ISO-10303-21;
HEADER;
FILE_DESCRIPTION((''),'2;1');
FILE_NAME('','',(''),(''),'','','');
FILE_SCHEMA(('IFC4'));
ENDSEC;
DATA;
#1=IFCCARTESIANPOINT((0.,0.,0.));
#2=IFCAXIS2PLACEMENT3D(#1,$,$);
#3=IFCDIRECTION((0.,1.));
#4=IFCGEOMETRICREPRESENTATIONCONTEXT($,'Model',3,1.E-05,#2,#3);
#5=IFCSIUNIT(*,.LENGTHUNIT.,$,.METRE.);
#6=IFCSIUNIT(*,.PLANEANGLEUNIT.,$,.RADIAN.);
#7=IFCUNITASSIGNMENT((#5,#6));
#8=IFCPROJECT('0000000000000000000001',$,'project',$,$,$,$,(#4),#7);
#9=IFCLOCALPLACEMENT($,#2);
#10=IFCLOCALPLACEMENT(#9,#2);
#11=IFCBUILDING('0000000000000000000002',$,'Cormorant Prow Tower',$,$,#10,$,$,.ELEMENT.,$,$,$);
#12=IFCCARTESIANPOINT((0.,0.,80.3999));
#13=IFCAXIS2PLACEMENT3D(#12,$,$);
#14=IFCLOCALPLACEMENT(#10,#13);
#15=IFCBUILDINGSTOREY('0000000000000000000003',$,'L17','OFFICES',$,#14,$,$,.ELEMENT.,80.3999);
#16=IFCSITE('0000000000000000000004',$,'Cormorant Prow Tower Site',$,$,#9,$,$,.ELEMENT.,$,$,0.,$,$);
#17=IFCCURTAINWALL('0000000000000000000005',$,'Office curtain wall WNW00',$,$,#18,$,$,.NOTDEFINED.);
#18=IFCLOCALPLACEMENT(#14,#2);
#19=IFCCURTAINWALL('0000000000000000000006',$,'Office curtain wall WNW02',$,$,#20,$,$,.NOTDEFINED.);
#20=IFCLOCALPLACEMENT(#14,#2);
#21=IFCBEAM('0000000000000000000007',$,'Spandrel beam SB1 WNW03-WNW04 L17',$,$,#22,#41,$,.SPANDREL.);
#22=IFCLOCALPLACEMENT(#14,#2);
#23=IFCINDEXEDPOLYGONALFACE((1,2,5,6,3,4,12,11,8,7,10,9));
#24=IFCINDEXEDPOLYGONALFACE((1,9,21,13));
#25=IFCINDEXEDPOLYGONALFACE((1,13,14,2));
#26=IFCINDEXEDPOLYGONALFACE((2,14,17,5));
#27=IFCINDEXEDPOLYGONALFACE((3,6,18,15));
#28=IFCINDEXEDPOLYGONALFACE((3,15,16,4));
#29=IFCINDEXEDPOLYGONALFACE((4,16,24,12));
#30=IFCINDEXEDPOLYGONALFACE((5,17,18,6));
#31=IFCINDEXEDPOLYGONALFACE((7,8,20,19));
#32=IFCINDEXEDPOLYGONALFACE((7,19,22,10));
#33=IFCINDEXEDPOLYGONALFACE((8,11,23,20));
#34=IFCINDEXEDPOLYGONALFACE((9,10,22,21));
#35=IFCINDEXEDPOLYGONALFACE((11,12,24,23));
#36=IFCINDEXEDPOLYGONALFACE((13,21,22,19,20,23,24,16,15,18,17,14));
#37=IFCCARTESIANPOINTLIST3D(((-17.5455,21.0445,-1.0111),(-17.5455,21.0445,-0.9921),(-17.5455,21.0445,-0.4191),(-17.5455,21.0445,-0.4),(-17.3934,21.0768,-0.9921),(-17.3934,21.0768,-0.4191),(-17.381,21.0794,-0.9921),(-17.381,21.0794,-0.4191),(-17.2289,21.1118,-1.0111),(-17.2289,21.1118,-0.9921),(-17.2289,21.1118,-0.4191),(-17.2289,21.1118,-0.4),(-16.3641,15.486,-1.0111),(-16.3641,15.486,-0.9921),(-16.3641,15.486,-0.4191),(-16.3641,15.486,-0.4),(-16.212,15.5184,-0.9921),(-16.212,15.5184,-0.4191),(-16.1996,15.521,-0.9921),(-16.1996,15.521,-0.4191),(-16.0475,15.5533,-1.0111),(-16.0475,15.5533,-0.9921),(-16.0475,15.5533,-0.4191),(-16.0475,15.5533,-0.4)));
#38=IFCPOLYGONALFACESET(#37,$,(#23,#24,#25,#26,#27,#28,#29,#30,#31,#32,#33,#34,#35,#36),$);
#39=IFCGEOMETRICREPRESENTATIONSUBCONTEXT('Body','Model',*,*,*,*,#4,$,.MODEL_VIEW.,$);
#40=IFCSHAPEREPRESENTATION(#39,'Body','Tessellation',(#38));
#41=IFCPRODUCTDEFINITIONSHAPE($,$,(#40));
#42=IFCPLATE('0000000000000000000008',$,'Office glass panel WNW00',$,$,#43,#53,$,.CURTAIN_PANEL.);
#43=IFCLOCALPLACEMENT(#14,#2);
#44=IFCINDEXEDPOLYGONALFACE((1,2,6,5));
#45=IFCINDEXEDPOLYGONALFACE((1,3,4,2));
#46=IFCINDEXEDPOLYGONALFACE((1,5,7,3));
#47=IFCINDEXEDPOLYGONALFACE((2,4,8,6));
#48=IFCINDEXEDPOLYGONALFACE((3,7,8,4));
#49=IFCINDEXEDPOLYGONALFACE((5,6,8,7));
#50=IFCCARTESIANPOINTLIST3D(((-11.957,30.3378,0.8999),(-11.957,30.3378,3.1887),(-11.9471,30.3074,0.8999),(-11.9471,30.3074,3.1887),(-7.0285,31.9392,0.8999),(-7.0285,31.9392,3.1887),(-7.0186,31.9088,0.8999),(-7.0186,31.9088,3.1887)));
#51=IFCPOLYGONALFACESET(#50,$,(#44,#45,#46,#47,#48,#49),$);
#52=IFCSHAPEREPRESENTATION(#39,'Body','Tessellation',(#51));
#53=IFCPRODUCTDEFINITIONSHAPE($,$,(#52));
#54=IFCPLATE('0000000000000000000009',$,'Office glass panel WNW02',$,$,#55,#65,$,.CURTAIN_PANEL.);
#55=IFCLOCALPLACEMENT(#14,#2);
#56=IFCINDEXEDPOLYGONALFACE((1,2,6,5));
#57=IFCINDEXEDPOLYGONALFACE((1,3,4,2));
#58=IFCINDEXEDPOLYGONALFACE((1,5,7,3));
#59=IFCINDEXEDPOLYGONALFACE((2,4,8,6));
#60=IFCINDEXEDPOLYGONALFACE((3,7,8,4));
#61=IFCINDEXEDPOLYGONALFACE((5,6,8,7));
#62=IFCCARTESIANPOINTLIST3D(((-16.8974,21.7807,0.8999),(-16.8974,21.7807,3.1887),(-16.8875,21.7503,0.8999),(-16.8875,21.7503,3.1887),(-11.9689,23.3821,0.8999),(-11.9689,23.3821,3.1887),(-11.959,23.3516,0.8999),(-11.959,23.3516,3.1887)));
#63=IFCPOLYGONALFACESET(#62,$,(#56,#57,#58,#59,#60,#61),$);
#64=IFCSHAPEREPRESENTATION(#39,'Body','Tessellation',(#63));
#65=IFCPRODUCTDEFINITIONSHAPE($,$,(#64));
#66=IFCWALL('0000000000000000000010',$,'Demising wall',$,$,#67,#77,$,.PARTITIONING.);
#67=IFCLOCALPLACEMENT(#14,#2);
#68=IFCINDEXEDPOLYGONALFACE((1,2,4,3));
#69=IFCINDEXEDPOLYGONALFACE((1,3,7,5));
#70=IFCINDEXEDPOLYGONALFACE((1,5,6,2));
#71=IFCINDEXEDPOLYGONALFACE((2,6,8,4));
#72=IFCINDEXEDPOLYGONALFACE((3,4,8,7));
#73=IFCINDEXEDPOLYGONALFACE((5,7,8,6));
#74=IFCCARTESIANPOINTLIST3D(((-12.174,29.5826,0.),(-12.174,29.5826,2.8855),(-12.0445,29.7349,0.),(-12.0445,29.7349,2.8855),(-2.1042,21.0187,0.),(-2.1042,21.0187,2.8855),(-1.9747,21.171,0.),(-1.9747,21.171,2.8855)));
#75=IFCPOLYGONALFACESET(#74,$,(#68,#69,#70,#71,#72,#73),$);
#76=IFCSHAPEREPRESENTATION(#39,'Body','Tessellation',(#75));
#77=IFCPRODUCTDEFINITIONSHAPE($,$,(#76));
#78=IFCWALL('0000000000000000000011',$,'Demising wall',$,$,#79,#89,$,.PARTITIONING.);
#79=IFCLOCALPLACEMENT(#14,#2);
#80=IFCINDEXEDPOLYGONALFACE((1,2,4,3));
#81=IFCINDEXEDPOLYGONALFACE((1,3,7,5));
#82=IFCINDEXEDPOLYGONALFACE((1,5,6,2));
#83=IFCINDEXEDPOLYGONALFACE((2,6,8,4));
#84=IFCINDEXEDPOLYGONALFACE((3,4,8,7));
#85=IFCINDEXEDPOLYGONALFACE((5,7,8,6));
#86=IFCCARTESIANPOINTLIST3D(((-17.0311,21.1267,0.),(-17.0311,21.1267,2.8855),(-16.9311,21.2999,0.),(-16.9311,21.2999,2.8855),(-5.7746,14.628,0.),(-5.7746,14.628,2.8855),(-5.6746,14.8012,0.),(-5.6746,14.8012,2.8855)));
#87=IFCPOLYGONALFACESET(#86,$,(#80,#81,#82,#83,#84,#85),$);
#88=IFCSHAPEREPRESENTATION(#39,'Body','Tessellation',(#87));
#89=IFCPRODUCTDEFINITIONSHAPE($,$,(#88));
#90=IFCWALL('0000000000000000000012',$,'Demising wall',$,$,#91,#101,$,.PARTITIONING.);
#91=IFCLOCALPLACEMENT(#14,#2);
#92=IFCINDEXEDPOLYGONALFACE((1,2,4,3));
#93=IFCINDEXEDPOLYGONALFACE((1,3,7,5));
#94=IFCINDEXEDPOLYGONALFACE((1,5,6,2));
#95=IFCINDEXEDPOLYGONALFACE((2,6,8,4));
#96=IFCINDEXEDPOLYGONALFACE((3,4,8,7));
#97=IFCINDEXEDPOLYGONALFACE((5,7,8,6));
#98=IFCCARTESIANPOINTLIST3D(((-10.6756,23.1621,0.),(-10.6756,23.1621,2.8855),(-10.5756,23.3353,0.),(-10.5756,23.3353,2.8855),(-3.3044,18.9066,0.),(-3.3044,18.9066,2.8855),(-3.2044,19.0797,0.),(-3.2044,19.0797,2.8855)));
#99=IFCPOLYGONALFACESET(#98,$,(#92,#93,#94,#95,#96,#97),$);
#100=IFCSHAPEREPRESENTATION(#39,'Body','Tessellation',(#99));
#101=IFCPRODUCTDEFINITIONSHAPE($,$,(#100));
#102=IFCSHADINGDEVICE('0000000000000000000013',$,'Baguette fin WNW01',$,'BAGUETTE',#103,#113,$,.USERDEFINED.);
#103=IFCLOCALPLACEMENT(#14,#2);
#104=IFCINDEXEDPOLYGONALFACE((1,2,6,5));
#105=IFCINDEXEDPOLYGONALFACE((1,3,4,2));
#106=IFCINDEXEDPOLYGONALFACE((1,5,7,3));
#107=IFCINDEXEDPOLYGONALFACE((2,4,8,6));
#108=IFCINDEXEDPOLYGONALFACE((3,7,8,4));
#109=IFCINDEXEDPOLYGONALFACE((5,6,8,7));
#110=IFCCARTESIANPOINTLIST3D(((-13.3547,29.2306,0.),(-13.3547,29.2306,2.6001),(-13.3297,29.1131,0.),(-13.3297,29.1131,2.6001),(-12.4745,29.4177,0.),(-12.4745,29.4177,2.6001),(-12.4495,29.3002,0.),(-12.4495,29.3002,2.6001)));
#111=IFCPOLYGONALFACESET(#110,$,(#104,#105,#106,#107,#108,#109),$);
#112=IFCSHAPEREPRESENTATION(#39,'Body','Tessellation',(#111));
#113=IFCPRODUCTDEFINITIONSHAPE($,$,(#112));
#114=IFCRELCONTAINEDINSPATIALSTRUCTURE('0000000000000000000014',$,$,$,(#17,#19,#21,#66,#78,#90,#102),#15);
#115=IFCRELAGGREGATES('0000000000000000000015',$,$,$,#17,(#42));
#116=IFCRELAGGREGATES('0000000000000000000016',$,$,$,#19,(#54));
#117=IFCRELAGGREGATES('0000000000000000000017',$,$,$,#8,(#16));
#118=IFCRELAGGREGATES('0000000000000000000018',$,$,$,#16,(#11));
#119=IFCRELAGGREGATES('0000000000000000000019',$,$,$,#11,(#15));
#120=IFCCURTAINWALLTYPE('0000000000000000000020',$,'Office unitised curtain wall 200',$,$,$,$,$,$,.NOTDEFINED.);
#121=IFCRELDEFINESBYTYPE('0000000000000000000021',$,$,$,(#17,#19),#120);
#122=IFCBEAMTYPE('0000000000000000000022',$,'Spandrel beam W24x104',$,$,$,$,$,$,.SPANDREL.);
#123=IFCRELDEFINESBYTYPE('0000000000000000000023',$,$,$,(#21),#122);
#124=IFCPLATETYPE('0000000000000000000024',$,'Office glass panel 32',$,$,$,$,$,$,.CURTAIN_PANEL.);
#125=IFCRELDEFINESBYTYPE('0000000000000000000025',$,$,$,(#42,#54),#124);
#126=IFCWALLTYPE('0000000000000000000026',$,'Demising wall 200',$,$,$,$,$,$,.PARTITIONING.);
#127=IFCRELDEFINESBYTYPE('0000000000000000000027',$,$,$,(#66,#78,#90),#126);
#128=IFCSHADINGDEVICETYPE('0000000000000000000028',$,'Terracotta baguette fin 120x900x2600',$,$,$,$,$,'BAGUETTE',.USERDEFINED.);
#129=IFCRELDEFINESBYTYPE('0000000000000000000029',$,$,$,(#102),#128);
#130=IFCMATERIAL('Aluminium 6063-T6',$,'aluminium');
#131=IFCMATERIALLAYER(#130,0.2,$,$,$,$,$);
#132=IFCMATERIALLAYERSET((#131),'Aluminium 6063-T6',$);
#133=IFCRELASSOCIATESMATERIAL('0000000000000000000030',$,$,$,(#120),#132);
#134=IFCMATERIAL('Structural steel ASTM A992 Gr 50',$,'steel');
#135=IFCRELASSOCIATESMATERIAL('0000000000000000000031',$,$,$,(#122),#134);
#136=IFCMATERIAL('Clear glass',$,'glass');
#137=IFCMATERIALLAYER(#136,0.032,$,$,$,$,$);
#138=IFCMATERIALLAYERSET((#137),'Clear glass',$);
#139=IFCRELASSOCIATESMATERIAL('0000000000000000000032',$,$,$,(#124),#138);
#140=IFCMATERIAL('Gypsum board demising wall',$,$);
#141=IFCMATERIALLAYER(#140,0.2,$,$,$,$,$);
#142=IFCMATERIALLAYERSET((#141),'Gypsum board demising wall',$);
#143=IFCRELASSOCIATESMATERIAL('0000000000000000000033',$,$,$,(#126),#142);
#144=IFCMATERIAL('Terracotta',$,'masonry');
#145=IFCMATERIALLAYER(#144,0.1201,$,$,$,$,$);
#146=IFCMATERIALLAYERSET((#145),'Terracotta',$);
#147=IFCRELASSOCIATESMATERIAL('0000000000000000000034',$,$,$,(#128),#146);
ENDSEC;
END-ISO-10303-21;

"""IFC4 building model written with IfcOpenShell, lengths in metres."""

from ifc_helpers import new_model, si_unit, direction, frame, frame_2d, origin, origin_2d, place, context, subcontext, project, spatial, rectangle, i_section, extrude, material, layer, layer_set, material_profile, profile_set, type_object, element, aggregate, save


model = new_model("IFC4")

# Units and contexts
model_context = context("Model", 3, precision=1e-05, world=origin(), true_north=direction((0.0, 1.0)))
body_context = subcontext(model_context, "Body", "Model", "MODEL_VIEW")
ifc_project = project(units=[si_unit("LENGTHUNIT", "METRE"), si_unit("PLANEANGLEUNIT", "RADIAN")], contexts=[model_context])

# Site, building, storey
site_placement = place(None, origin())
site = spatial("IfcSite", under=ifc_project, at=site_placement, Name="Cormorant Prow Tower Site", CompositionType="ELEMENT", RefElevation=0.0)
building_placement = place(site_placement, origin())
building = spatial("IfcBuilding", under=site, at=building_placement, Name="Cormorant Prow Tower", CompositionType="ELEMENT")
storey_placement = place(building_placement, frame((0.0, 0.0, 80.3999)))
storey = spatial("IfcBuildingStorey", under=building, at=storey_placement, Name="L17", Description="OFFICES", CompositionType="ELEMENT", Elevation=80.3999)

# Curtain walls
ifc_material_1 = material(Name="Aluminium 6063-T6", Category="aluminium")
ifc_layer_1 = layer(ifc_material_1, 0.2)
ifc_layer_set_1 = layer_set([ifc_layer_1], Name="Aluminium 6063-T6")
curtain_wall_type = type_object("IfcCurtainWallType", Name="Office unitised curtain wall 200", PredefinedType="NOTDEFINED", material=ifc_layer_set_1)
curtain_wall_1_placement = place(storey_placement, origin())
curtain_wall_1 = element("IfcCurtainWall", 1, at=curtain_wall_1_placement, inside=storey, type_object=curtain_wall_type, Name="Office curtain wall WNW00", PredefinedType="NOTDEFINED")
curtain_wall_2_placement = place(storey_placement, origin())
curtain_wall_2 = element("IfcCurtainWall", 2, at=curtain_wall_2_placement, inside=storey, type_object=curtain_wall_type, Name="Office curtain wall WNW02", PredefinedType="NOTDEFINED")

# Beam
ifc_material_2 = material(Name="Structural steel ASTM A992 Gr 50", Category="steel")
ifc_material_profile_1 = material_profile(ifc_material_2, i_section(OverallWidth=0.3237, OverallDepth=0.6111, WebThickness=0.0127, FlangeThickness=0.019, at=origin_2d()), Name="W24x104")
ifc_profile_set_1 = profile_set([ifc_material_profile_1], Name="Structural steel ASTM A992 Gr 50")
beam_type = type_object("IfcBeamType", Name="Spandrel beam W24x104", PredefinedType="SPANDREL", material=ifc_profile_set_1)
beam_1_placement = place(storey_placement, frame((-17.3872, 21.0781, -0.7056), z_axis=(0.2079, -0.97815, 0.0), x_axis=(0.97815, 0.2079, 0.0)))
element("IfcBeam", 3, at=beam_1_placement, inside=storey, type_object=beam_type, Name="Spandrel beam SB1 WNW03-WNW04 L17", PredefinedType="SPANDREL", context=body_context, shape_type="SweptSolid", body=[
    extrude(i_section(OverallWidth=0.3237, OverallDepth=0.6111, WebThickness=0.0127, FlangeThickness=0.019, at=origin_2d()), origin(), (0.0, 0.0, 1.0), 5.6826),
])

# Plates
ifc_material_3 = material(Name="Clear glass", Category="glass")
ifc_layer_2 = layer(ifc_material_3, 0.032)
ifc_layer_set_2 = layer_set([ifc_layer_2], Name="Clear glass")
plate_type = type_object("IfcPlateType", Name="Office glass panel 32", PredefinedType="CURTAIN_PANEL", material=ifc_layer_set_2)
plate_1_placement = place(storey_placement, frame((-9.4878, 31.1233, 0.8999), z_axis=(0.0, 0.0, 1.0), x_axis=(-0.951057, -0.309017, 0.0)))
plate_1 = element("IfcPlate", 4, at=plate_1_placement, type_object=plate_type, Name="Office glass panel WNW00", PredefinedType="CURTAIN_PANEL", context=body_context, shape_type="SweptSolid", body=[
    extrude(rectangle(XDim=5.1821, YDim=0.032, at=origin_2d()), origin(), (0.0, 0.0, 1.0), 2.2888),
])
aggregate(curtain_wall_1, [plate_1])
plate_2_placement = place(storey_placement, frame((-14.4282, 22.5662, 0.8999), z_axis=(0.0, 0.0, 1.0), x_axis=(-0.951057, -0.309017, 0.0)))
plate_2 = element("IfcPlate", 5, at=plate_2_placement, type_object=plate_type, Name="Office glass panel WNW02", PredefinedType="CURTAIN_PANEL", context=body_context, shape_type="SweptSolid", body=[
    extrude(rectangle(XDim=5.1821, YDim=0.032, at=origin_2d()), origin(), (0.0, 0.0, 1.0), 2.2888),
])
aggregate(curtain_wall_2, [plate_2])

# Walls
ifc_material_4 = material(Name="Gypsum board demising wall")
ifc_layer_3 = layer(ifc_material_4, 0.2)
ifc_layer_set_3 = layer_set([ifc_layer_3], Name="Gypsum board demising wall")
wall_type_1 = type_object("IfcWallType", Name="Demising wall 200", PredefinedType="PARTITIONING", material=ifc_layer_set_3)
wall_1_placement = place(storey_placement, frame((-12.1091, 29.6587, 0.0), z_axis=(0.0, 0.0, 1.0), x_axis=(0.761767, -0.647851, 0.0)))
element("IfcWall", 6, at=wall_1_placement, inside=storey, type_object=wall_type_1, Name="Demising wall", PredefinedType="PARTITIONING", context=body_context, shape_type="SweptSolid", body=[
    extrude(rectangle(XDim=13.219, YDim=0.2, at=frame_2d((6.6094, 0.0))), origin(), (0.0, 0.0, 1.0), 2.8855),
])
wall_2_placement = place(storey_placement, frame((-16.9812, 21.2134, 0.0), z_axis=(0.0, 0.0, 1.0), x_axis=(0.866033, -0.499987, 0.0)))
element("IfcWall", 7, at=wall_2_placement, inside=storey, type_object=wall_type_1, Name="Demising wall", PredefinedType="PARTITIONING", context=body_context, shape_type="SweptSolid", body=[
    extrude(rectangle(XDim=12.9978, YDim=0.2, at=frame_2d((6.499, 0.0))), origin(), (0.0, 0.0, 1.0), 2.8855),
])
wall_3_placement = place(storey_placement, frame((-10.6257, 23.2488, 0.0), z_axis=(0.0, 0.0, 1.0), x_axis=(0.866037, -0.49998, 0.0)))
element("IfcWall", 8, at=wall_3_placement, inside=storey, type_object=wall_type_1, Name="Demising wall", PredefinedType="PARTITIONING", context=body_context, shape_type="SweptSolid", body=[
    extrude(rectangle(XDim=8.5115, YDim=0.2, at=frame_2d((4.2559, 0.0))), origin(), (0.0, 0.0, 1.0), 2.8855),
])

# Shading device
ifc_material_5 = material(Name="Terracotta", Category="masonry")
ifc_layer_4 = layer(ifc_material_5, 0.1201)
ifc_layer_set_4 = layer_set([ifc_layer_4], Name="Terracotta")
shading_device_type = type_object("IfcShadingDeviceType", Name="Terracotta baguette fin 120x900x2600", ElementType="BAGUETTE", PredefinedType="USERDEFINED", material=ifc_layer_set_4)
shading_device_placement = place(storey_placement, frame((-12.9021, 29.2654, 0.0), z_axis=(0.0, 0.0, 1.0), x_axis=(0.207912, -0.978148, 0.0)))
element("IfcShadingDevice", 9, at=shading_device_placement, inside=storey, type_object=shading_device_type, Name="Baguette fin WNW01", ObjectType="BAGUETTE", PredefinedType="USERDEFINED", context=body_context, shape_type="SweptSolid", body=[
    extrude(rectangle(XDim=0.1201, YDim=0.8999, at=origin_2d()), origin(), (0.0, 0.0, 1.0), 2.6001),
])

save(model, "model.ifc")
